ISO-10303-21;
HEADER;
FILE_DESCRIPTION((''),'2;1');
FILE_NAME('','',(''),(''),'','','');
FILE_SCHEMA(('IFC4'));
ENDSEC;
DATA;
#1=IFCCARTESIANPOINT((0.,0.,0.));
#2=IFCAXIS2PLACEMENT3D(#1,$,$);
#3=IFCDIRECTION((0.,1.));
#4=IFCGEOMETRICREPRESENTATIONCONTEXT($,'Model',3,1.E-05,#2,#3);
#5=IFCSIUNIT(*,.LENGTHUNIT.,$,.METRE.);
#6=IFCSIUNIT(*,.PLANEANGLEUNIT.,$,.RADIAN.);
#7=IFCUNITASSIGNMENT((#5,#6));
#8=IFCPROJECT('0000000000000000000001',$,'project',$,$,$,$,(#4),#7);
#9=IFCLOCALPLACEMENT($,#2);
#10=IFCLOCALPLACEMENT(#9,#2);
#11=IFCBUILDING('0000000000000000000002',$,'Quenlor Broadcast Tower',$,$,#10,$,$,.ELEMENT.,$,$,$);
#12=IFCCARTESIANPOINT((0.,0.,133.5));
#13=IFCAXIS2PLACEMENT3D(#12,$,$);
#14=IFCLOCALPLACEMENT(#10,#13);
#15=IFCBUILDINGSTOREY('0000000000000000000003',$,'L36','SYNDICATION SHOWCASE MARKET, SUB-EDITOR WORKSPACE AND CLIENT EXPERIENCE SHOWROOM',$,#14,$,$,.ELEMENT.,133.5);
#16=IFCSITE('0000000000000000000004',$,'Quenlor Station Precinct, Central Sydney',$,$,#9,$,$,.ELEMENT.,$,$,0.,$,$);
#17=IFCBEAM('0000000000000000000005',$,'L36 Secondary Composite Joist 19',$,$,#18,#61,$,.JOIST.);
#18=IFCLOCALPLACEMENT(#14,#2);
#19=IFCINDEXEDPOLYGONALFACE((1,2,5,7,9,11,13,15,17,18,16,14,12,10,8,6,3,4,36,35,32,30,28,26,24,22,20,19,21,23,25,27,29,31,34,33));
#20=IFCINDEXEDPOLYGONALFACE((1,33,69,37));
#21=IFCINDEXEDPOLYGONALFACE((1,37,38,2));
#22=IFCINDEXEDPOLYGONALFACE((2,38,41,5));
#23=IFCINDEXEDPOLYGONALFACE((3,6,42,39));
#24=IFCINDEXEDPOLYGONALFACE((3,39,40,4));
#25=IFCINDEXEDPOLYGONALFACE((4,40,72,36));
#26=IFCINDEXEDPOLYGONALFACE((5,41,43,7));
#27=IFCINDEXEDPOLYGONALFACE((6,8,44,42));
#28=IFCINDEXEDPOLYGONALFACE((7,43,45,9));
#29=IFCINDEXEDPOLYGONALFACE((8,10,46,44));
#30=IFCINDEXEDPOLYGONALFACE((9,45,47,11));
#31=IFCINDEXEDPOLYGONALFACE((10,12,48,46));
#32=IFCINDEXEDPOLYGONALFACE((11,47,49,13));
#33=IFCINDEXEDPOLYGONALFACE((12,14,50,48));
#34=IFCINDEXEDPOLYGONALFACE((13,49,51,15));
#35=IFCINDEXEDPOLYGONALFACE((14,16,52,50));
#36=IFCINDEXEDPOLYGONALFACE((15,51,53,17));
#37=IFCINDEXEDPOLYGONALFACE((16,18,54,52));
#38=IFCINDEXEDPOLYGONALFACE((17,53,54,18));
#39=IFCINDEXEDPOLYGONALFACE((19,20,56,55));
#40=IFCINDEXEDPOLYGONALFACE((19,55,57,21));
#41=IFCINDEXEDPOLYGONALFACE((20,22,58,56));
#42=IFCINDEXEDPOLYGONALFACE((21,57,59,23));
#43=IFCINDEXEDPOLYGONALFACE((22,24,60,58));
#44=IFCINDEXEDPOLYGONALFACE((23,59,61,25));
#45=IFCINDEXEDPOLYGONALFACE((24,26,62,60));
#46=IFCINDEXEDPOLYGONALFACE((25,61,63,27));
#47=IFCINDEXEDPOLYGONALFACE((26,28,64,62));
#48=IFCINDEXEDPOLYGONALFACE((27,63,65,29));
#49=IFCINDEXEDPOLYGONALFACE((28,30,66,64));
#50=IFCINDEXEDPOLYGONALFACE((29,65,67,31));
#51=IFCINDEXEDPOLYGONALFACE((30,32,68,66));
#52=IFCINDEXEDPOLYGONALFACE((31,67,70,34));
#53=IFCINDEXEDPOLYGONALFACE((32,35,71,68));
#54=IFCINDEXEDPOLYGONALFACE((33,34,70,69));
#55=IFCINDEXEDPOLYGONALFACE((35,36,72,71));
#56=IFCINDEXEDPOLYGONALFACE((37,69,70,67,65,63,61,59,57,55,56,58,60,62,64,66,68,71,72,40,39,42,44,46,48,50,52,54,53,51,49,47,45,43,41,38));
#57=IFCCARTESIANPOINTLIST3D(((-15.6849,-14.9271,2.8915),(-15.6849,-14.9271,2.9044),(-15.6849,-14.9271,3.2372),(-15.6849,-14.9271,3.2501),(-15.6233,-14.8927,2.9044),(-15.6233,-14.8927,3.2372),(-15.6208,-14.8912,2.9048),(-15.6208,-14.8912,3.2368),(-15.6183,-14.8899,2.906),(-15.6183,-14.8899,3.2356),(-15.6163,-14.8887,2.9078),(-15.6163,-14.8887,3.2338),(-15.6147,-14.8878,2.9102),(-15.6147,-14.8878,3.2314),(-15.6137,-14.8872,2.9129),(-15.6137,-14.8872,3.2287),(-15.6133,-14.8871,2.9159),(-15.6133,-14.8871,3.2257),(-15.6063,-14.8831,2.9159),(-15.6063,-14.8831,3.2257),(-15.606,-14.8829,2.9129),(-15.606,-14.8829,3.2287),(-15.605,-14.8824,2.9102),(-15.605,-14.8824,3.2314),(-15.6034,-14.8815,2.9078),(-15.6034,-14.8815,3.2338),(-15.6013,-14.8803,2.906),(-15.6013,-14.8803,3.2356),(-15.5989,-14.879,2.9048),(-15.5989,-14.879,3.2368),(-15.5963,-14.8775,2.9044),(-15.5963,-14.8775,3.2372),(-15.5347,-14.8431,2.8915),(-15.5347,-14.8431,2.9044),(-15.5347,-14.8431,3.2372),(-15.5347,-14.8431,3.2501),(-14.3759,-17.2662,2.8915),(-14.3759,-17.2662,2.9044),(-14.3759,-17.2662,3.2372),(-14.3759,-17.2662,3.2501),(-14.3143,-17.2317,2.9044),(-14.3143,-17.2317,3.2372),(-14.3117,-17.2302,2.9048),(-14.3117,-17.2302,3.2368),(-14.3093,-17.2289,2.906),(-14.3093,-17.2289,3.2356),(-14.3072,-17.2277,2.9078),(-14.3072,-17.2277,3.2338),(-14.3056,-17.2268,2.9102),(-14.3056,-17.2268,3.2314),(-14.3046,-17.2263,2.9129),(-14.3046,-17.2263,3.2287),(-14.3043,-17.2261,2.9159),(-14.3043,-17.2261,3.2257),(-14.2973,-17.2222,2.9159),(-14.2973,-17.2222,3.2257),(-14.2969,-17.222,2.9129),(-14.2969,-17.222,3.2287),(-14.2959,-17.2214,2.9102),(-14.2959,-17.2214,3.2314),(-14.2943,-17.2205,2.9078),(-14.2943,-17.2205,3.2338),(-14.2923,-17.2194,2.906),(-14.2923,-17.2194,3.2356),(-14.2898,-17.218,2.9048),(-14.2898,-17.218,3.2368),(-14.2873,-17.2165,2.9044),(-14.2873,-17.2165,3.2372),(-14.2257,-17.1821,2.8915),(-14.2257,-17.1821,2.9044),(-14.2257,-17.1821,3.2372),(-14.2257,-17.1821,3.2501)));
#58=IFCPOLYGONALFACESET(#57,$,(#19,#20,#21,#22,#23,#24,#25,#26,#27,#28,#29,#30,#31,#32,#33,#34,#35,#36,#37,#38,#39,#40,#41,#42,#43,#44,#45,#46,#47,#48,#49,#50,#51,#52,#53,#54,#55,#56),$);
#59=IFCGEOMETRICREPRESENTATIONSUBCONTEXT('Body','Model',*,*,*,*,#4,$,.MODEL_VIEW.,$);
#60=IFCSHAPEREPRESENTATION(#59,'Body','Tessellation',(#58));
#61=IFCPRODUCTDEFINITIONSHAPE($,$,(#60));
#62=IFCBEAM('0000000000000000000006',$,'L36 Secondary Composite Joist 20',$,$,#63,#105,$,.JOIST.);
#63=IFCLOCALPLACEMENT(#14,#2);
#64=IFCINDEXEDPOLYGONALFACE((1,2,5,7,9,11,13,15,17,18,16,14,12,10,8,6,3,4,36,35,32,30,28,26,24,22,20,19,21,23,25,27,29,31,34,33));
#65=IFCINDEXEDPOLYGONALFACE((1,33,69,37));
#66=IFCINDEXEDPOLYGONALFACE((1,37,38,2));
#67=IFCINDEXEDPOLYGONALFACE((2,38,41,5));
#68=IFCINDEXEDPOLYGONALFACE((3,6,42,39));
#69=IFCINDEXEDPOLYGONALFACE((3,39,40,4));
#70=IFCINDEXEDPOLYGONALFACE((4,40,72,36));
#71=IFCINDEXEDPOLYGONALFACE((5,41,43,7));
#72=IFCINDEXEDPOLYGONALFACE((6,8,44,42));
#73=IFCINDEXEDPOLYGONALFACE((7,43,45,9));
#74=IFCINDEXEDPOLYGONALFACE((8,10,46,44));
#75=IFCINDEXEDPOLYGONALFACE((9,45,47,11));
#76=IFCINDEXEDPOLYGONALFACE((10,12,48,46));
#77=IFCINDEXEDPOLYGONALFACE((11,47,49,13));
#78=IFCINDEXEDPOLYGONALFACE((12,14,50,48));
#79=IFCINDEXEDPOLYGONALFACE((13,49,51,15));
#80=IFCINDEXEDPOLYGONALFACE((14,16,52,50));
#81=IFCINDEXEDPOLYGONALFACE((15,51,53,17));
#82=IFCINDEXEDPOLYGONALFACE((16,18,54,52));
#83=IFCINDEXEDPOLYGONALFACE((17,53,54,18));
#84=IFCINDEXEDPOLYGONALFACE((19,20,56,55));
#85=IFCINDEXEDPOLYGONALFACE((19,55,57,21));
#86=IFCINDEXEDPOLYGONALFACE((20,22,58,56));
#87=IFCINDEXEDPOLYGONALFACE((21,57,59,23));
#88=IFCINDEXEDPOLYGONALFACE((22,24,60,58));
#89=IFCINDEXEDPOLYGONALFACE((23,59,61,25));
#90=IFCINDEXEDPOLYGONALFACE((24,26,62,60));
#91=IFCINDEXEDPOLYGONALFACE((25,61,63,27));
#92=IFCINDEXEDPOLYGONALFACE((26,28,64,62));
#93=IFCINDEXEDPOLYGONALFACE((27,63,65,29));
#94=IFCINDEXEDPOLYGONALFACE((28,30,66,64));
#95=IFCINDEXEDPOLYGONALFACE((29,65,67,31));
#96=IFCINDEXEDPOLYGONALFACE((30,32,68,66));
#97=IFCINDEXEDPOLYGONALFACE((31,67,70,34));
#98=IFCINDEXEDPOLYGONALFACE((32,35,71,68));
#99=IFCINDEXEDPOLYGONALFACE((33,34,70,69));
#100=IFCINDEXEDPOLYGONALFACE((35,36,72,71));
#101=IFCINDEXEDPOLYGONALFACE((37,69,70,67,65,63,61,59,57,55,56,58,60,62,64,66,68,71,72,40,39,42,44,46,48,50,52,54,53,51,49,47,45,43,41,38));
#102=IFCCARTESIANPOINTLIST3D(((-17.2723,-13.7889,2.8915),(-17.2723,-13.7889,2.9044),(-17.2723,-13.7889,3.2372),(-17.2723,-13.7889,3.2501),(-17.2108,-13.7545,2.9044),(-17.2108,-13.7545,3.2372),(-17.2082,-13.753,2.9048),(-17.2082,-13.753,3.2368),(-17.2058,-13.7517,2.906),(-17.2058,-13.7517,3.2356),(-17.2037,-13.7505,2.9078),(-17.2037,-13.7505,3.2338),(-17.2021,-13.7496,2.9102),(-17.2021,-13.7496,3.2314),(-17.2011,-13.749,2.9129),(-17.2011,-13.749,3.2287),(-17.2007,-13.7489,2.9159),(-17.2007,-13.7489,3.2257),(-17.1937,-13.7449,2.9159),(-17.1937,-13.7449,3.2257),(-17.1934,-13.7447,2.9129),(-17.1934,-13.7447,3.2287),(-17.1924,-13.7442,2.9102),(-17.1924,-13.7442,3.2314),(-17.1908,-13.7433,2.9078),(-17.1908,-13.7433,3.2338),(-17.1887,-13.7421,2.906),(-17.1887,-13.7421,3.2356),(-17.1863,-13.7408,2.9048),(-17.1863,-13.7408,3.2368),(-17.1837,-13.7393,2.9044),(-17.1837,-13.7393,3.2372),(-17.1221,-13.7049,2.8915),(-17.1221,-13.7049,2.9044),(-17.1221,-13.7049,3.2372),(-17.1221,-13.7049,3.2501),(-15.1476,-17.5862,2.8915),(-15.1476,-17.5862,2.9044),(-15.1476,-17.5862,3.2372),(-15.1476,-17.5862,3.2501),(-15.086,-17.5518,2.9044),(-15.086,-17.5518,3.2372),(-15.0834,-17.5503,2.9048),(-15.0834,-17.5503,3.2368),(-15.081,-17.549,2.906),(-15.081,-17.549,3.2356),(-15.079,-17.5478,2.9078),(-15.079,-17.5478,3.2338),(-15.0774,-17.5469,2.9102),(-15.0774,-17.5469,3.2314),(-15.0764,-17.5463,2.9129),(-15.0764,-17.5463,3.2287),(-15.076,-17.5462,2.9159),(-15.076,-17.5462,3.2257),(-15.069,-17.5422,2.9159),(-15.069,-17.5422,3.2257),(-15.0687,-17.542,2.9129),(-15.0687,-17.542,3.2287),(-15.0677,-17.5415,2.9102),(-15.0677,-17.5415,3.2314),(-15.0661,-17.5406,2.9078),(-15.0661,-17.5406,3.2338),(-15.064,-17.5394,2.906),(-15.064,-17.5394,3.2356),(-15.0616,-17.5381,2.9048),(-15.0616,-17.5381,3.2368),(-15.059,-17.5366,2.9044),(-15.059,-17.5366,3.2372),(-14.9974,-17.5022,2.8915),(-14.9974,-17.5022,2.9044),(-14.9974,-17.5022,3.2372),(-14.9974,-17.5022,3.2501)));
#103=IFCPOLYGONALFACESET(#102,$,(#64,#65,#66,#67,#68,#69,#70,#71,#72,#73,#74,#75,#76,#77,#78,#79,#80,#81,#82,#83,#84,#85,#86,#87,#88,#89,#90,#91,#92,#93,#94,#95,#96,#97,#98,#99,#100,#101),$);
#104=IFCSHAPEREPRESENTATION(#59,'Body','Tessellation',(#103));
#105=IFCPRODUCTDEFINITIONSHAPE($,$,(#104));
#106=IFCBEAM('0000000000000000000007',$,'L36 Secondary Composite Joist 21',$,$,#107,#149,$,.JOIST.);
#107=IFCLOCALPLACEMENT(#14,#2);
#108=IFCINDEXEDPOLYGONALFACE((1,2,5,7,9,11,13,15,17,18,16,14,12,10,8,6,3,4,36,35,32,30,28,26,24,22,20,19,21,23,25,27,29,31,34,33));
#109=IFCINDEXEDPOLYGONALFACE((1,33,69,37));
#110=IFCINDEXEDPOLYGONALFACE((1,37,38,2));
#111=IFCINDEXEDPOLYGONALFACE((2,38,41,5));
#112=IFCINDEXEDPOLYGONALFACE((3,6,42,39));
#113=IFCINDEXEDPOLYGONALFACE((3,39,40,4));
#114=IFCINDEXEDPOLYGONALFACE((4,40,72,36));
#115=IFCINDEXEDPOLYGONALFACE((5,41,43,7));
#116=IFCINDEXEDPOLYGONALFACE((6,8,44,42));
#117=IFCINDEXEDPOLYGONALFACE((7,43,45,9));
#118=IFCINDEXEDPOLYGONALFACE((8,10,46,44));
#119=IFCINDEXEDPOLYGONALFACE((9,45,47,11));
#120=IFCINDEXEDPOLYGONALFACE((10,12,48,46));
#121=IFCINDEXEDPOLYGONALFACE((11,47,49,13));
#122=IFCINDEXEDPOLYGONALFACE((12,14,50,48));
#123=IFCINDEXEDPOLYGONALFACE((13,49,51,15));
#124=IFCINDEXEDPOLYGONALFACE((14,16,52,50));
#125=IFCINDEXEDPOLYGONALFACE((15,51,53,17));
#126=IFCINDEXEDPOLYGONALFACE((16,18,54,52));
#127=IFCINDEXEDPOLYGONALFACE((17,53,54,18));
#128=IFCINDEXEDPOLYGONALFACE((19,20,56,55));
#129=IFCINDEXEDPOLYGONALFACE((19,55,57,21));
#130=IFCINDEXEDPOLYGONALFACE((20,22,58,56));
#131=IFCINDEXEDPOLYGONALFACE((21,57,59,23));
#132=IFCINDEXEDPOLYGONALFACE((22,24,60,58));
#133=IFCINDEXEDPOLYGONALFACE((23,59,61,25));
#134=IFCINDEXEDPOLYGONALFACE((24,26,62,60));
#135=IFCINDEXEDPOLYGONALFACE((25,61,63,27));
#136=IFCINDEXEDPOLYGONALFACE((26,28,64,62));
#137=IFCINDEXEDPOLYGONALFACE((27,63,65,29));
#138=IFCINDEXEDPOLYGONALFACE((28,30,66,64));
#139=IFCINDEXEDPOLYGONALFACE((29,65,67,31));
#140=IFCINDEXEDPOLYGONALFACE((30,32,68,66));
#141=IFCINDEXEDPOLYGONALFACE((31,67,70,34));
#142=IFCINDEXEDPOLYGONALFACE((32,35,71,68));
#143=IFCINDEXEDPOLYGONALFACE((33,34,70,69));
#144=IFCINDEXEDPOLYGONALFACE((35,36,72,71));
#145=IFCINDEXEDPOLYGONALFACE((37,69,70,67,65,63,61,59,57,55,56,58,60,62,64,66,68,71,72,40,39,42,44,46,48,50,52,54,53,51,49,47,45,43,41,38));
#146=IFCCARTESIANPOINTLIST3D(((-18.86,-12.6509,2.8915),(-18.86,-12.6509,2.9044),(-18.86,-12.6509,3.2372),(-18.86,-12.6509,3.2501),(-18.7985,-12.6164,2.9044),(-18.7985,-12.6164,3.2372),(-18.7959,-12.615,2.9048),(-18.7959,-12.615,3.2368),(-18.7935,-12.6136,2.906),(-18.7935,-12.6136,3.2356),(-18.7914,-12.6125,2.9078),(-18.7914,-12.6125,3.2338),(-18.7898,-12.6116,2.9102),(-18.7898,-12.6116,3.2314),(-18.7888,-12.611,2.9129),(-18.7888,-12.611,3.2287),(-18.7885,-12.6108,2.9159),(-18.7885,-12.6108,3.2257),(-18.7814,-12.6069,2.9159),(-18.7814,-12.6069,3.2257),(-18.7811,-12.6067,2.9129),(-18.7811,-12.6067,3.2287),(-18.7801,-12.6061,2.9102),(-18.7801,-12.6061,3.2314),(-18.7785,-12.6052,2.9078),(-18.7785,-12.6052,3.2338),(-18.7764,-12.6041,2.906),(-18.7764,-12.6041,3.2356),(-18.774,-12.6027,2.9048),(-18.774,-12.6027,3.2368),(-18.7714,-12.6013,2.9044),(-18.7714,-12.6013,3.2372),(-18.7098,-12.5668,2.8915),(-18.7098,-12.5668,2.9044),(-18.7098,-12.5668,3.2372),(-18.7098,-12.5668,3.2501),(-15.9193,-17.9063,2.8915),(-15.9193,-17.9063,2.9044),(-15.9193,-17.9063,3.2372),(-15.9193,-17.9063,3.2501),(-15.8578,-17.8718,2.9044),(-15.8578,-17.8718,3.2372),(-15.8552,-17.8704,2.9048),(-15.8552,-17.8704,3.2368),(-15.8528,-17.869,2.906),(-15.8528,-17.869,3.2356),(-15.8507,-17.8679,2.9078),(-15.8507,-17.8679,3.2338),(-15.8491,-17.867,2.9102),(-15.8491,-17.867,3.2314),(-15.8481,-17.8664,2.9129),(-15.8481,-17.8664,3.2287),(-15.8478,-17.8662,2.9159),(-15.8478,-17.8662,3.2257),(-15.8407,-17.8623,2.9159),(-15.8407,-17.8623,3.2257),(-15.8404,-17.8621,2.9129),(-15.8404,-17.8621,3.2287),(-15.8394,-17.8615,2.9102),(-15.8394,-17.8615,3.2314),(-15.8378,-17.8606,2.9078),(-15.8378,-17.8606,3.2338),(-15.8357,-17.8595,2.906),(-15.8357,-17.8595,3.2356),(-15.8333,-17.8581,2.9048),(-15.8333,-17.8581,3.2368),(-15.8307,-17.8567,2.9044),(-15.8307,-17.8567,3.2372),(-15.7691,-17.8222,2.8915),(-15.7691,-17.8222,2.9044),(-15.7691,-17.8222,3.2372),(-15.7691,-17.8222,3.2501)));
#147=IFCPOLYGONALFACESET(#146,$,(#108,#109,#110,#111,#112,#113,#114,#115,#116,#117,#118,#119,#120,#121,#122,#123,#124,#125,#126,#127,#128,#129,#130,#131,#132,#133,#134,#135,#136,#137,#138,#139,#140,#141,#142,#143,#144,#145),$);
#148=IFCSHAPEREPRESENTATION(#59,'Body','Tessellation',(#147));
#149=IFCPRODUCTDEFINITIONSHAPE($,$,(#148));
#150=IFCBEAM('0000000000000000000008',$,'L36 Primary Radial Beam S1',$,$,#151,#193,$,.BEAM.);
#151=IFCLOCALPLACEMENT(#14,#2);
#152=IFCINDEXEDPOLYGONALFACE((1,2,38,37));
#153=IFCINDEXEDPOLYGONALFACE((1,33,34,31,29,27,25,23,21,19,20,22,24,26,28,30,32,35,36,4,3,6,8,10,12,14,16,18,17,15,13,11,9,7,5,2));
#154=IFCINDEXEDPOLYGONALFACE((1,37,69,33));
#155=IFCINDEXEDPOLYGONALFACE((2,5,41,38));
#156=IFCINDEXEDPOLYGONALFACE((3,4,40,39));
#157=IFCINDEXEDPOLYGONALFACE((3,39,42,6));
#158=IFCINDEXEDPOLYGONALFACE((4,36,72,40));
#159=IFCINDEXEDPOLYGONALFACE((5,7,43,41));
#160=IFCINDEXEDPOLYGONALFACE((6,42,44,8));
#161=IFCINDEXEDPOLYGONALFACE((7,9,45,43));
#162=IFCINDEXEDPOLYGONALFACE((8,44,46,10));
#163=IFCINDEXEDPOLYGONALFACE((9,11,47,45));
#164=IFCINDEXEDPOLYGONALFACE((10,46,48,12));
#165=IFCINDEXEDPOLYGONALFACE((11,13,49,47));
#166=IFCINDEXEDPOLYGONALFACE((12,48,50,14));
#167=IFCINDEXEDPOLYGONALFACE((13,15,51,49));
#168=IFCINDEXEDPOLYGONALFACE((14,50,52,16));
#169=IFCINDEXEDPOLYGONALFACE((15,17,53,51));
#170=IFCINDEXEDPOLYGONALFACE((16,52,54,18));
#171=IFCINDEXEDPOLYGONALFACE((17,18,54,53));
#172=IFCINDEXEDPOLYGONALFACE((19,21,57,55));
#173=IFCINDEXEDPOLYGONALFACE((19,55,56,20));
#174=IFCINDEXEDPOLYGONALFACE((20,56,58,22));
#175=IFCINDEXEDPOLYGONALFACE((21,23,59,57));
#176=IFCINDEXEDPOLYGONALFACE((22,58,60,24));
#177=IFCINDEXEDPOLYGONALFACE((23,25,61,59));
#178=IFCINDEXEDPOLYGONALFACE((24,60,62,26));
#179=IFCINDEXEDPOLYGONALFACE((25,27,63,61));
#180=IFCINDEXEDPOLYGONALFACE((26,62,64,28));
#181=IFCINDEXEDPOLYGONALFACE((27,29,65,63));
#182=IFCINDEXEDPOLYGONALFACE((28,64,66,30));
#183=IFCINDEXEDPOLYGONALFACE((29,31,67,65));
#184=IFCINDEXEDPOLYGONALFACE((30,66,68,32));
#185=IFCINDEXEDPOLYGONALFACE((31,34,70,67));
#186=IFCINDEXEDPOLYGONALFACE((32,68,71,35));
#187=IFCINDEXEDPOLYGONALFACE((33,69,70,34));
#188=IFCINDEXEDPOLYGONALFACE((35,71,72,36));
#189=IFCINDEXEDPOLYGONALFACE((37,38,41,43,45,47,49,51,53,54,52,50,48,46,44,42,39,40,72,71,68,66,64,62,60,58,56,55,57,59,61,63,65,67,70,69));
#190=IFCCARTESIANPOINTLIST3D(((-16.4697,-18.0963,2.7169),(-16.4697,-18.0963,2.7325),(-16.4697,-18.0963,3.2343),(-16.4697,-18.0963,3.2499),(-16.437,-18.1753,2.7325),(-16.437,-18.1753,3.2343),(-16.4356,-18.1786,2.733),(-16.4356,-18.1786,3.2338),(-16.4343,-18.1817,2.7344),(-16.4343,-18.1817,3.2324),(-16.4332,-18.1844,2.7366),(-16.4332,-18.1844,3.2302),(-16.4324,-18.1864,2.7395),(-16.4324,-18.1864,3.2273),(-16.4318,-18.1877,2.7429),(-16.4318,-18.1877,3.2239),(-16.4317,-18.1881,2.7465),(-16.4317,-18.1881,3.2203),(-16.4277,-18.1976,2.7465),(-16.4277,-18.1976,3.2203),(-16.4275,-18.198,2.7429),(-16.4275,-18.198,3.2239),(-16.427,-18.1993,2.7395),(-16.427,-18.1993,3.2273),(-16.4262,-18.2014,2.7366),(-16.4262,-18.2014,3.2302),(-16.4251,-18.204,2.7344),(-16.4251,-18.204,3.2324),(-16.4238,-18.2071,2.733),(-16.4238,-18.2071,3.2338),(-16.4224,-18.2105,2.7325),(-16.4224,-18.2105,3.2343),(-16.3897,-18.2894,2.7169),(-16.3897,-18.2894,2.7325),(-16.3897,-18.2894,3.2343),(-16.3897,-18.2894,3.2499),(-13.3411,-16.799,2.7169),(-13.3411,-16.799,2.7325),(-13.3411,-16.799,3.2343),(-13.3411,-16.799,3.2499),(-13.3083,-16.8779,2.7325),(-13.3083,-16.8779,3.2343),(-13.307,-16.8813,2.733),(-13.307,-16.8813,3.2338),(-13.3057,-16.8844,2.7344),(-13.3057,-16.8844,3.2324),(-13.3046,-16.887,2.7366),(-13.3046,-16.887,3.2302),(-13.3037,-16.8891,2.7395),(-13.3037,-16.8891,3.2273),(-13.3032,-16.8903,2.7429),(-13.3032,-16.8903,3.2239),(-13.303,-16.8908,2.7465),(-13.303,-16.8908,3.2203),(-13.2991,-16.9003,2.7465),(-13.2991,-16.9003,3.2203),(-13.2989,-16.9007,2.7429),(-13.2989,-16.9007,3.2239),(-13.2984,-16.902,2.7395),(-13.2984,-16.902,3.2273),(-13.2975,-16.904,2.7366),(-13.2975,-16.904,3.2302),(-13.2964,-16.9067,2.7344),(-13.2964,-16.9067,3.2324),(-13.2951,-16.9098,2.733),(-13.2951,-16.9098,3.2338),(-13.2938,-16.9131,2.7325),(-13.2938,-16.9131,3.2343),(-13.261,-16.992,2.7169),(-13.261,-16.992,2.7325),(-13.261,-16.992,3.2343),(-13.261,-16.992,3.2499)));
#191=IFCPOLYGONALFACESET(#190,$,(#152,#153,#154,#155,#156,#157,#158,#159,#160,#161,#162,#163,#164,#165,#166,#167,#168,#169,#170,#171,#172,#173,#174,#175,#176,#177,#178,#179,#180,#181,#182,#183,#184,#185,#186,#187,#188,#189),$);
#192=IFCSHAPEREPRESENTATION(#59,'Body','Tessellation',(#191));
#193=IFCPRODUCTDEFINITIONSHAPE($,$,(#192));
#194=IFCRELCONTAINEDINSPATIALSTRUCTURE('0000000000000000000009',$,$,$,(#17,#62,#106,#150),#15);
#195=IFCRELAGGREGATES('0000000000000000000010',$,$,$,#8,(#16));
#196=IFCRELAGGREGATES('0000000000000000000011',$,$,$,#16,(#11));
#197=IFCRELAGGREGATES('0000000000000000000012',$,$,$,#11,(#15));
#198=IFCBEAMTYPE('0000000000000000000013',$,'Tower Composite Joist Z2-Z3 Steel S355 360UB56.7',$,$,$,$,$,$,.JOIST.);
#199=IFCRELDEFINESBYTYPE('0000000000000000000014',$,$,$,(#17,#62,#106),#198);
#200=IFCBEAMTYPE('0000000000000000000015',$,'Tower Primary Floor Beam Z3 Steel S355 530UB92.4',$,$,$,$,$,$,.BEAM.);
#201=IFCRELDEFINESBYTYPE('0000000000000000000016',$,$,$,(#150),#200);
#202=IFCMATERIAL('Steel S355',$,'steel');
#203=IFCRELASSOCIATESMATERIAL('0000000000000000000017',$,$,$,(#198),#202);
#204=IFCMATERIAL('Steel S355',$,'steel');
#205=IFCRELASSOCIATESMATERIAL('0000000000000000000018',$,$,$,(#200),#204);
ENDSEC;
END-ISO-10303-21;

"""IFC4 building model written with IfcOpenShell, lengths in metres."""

from ifc_helpers import new_model, si_unit, direction, frame, origin, origin_2d, place, context, subcontext, project, spatial, i_section, extrude, material, material_profile, profile_set, type_object, element, save


model = new_model("IFC4")

# Units and contexts
model_context = context("Model", 3, precision=1e-05, world=origin(), true_north=direction((0.0, 1.0)))
body_context = subcontext(model_context, "Body", "Model", "MODEL_VIEW")
ifc_project = project(units=[si_unit("LENGTHUNIT", "METRE"), si_unit("PLANEANGLEUNIT", "RADIAN")], contexts=[model_context])

# Site, building, storey
site_placement = place(None, origin())
site = spatial("IfcSite", under=ifc_project, at=site_placement, Name="Quenlor Station Precinct, Central Sydney", CompositionType="ELEMENT", RefElevation=0.0)
building_placement = place(site_placement, origin())
building = spatial("IfcBuilding", under=site, at=building_placement, Name="Quenlor Broadcast Tower", CompositionType="ELEMENT")
storey_placement = place(building_placement, frame((0.0, 0.0, 133.5)))
storey = spatial("IfcBuildingStorey", under=building, at=storey_placement, Name="L36", Description="SYNDICATION SHOWCASE MARKET, SUB-EDITOR WORKSPACE AND CLIENT EXPERIENCE SHOWROOM", CompositionType="ELEMENT", Elevation=133.5)

# Beams
ifc_material_1 = material(Name="Steel S355", Category="steel")
ifc_material_profile_1 = material_profile(ifc_material_1, i_section(OverallWidth=0.1721, OverallDepth=0.3586, WebThickness=0.0081, FlangeThickness=0.0129, FilletRadius=0.0115, at=origin_2d()))
ifc_profile_set_1 = profile_set([ifc_material_profile_1], Name="Steel S355 360UB56.7")
beam_type_1 = type_object("IfcBeamType", Name="Tower Composite Joist Z2-Z3 Steel S355 360UB56.7", PredefinedType="JOIST", material=ifc_profile_set_1)
beam_1_placement = place(storey_placement, frame((-14.3008, -17.2241, 3.0708), z_axis=(-0.48837, 0.872636, 0.0), x_axis=(-0.872636, -0.48837, 0.0)))
element("IfcBeam", 1, at=beam_1_placement, inside=storey, type_object=beam_type_1, Name="L36 Secondary Composite Joist 19", PredefinedType="JOIST", context=body_context, shape_type="SweptSolid", body=[
    extrude(i_section(OverallWidth=0.1721, OverallDepth=0.3586, WebThickness=0.0081, FlangeThickness=0.0129, FilletRadius=0.0115, at=origin_2d()), origin(), (0.0, 0.0, 1.0), 2.6804),
])
beam_2_placement = place(storey_placement, frame((-15.0725, -17.5442, 3.0708), z_axis=(-0.488294, 0.872679, 0.0), x_axis=(-0.872679, -0.488294, 0.0)))
element("IfcBeam", 2, at=beam_2_placement, inside=storey, type_object=beam_type_1, Name="L36 Secondary Composite Joist 20", PredefinedType="JOIST", context=body_context, shape_type="SweptSolid", body=[
    extrude(i_section(OverallWidth=0.1721, OverallDepth=0.3586, WebThickness=0.0081, FlangeThickness=0.0129, FilletRadius=0.0115, at=origin_2d()), origin(), (0.0, 0.0, 1.0), 4.3513),
])
beam_3_placement = place(storey_placement, frame((-15.8442, -17.8643, 3.0708), z_axis=(-0.488308, 0.872671, 0.0), x_axis=(-0.872671, -0.488308, 0.0)))
element("IfcBeam", 3, at=beam_3_placement, inside=storey, type_object=beam_type_1, Name="L36 Secondary Composite Joist 21", PredefinedType="JOIST", context=body_context, shape_type="SweptSolid", body=[
    extrude(i_section(OverallWidth=0.1721, OverallDepth=0.3586, WebThickness=0.0081, FlangeThickness=0.0129, FilletRadius=0.0115, at=origin_2d()), origin(), (0.0, 0.0, 1.0), 6.0222),
])
ifc_material_2 = material(Name="Steel S355", Category="steel")
ifc_material_profile_2 = material_profile(ifc_material_2, i_section(OverallWidth=0.209, OverallDepth=0.533, WebThickness=0.0103, FlangeThickness=0.0156, FilletRadius=0.0139, at=origin_2d()))
ifc_profile_set_2 = profile_set([ifc_material_profile_2], Name="Steel S355 530UB92.4")
beam_type_2 = type_object("IfcBeamType", Name="Tower Primary Floor Beam Z3 Steel S355 530UB92.4", PredefinedType="BEAM", material=ifc_profile_set_2)
beam_4_placement = place(storey_placement, frame((-16.4297, -18.1929, 2.9834), z_axis=(0.92373, 0.383044, 0.0), x_axis=(-0.383044, 0.92373, 0.0)))
element("IfcBeam", 4, at=beam_4_placement, inside=storey, type_object=beam_type_2, Name="L36 Primary Radial Beam S1", PredefinedType="BEAM", context=body_context, shape_type="SweptSolid", body=[
    extrude(i_section(OverallWidth=0.209, OverallDepth=0.533, WebThickness=0.0103, FlangeThickness=0.0156, FilletRadius=0.0139, at=origin_2d()), origin(), (0.0, 0.0, 1.0), 3.387),
])

save(model, "model.ifc")
